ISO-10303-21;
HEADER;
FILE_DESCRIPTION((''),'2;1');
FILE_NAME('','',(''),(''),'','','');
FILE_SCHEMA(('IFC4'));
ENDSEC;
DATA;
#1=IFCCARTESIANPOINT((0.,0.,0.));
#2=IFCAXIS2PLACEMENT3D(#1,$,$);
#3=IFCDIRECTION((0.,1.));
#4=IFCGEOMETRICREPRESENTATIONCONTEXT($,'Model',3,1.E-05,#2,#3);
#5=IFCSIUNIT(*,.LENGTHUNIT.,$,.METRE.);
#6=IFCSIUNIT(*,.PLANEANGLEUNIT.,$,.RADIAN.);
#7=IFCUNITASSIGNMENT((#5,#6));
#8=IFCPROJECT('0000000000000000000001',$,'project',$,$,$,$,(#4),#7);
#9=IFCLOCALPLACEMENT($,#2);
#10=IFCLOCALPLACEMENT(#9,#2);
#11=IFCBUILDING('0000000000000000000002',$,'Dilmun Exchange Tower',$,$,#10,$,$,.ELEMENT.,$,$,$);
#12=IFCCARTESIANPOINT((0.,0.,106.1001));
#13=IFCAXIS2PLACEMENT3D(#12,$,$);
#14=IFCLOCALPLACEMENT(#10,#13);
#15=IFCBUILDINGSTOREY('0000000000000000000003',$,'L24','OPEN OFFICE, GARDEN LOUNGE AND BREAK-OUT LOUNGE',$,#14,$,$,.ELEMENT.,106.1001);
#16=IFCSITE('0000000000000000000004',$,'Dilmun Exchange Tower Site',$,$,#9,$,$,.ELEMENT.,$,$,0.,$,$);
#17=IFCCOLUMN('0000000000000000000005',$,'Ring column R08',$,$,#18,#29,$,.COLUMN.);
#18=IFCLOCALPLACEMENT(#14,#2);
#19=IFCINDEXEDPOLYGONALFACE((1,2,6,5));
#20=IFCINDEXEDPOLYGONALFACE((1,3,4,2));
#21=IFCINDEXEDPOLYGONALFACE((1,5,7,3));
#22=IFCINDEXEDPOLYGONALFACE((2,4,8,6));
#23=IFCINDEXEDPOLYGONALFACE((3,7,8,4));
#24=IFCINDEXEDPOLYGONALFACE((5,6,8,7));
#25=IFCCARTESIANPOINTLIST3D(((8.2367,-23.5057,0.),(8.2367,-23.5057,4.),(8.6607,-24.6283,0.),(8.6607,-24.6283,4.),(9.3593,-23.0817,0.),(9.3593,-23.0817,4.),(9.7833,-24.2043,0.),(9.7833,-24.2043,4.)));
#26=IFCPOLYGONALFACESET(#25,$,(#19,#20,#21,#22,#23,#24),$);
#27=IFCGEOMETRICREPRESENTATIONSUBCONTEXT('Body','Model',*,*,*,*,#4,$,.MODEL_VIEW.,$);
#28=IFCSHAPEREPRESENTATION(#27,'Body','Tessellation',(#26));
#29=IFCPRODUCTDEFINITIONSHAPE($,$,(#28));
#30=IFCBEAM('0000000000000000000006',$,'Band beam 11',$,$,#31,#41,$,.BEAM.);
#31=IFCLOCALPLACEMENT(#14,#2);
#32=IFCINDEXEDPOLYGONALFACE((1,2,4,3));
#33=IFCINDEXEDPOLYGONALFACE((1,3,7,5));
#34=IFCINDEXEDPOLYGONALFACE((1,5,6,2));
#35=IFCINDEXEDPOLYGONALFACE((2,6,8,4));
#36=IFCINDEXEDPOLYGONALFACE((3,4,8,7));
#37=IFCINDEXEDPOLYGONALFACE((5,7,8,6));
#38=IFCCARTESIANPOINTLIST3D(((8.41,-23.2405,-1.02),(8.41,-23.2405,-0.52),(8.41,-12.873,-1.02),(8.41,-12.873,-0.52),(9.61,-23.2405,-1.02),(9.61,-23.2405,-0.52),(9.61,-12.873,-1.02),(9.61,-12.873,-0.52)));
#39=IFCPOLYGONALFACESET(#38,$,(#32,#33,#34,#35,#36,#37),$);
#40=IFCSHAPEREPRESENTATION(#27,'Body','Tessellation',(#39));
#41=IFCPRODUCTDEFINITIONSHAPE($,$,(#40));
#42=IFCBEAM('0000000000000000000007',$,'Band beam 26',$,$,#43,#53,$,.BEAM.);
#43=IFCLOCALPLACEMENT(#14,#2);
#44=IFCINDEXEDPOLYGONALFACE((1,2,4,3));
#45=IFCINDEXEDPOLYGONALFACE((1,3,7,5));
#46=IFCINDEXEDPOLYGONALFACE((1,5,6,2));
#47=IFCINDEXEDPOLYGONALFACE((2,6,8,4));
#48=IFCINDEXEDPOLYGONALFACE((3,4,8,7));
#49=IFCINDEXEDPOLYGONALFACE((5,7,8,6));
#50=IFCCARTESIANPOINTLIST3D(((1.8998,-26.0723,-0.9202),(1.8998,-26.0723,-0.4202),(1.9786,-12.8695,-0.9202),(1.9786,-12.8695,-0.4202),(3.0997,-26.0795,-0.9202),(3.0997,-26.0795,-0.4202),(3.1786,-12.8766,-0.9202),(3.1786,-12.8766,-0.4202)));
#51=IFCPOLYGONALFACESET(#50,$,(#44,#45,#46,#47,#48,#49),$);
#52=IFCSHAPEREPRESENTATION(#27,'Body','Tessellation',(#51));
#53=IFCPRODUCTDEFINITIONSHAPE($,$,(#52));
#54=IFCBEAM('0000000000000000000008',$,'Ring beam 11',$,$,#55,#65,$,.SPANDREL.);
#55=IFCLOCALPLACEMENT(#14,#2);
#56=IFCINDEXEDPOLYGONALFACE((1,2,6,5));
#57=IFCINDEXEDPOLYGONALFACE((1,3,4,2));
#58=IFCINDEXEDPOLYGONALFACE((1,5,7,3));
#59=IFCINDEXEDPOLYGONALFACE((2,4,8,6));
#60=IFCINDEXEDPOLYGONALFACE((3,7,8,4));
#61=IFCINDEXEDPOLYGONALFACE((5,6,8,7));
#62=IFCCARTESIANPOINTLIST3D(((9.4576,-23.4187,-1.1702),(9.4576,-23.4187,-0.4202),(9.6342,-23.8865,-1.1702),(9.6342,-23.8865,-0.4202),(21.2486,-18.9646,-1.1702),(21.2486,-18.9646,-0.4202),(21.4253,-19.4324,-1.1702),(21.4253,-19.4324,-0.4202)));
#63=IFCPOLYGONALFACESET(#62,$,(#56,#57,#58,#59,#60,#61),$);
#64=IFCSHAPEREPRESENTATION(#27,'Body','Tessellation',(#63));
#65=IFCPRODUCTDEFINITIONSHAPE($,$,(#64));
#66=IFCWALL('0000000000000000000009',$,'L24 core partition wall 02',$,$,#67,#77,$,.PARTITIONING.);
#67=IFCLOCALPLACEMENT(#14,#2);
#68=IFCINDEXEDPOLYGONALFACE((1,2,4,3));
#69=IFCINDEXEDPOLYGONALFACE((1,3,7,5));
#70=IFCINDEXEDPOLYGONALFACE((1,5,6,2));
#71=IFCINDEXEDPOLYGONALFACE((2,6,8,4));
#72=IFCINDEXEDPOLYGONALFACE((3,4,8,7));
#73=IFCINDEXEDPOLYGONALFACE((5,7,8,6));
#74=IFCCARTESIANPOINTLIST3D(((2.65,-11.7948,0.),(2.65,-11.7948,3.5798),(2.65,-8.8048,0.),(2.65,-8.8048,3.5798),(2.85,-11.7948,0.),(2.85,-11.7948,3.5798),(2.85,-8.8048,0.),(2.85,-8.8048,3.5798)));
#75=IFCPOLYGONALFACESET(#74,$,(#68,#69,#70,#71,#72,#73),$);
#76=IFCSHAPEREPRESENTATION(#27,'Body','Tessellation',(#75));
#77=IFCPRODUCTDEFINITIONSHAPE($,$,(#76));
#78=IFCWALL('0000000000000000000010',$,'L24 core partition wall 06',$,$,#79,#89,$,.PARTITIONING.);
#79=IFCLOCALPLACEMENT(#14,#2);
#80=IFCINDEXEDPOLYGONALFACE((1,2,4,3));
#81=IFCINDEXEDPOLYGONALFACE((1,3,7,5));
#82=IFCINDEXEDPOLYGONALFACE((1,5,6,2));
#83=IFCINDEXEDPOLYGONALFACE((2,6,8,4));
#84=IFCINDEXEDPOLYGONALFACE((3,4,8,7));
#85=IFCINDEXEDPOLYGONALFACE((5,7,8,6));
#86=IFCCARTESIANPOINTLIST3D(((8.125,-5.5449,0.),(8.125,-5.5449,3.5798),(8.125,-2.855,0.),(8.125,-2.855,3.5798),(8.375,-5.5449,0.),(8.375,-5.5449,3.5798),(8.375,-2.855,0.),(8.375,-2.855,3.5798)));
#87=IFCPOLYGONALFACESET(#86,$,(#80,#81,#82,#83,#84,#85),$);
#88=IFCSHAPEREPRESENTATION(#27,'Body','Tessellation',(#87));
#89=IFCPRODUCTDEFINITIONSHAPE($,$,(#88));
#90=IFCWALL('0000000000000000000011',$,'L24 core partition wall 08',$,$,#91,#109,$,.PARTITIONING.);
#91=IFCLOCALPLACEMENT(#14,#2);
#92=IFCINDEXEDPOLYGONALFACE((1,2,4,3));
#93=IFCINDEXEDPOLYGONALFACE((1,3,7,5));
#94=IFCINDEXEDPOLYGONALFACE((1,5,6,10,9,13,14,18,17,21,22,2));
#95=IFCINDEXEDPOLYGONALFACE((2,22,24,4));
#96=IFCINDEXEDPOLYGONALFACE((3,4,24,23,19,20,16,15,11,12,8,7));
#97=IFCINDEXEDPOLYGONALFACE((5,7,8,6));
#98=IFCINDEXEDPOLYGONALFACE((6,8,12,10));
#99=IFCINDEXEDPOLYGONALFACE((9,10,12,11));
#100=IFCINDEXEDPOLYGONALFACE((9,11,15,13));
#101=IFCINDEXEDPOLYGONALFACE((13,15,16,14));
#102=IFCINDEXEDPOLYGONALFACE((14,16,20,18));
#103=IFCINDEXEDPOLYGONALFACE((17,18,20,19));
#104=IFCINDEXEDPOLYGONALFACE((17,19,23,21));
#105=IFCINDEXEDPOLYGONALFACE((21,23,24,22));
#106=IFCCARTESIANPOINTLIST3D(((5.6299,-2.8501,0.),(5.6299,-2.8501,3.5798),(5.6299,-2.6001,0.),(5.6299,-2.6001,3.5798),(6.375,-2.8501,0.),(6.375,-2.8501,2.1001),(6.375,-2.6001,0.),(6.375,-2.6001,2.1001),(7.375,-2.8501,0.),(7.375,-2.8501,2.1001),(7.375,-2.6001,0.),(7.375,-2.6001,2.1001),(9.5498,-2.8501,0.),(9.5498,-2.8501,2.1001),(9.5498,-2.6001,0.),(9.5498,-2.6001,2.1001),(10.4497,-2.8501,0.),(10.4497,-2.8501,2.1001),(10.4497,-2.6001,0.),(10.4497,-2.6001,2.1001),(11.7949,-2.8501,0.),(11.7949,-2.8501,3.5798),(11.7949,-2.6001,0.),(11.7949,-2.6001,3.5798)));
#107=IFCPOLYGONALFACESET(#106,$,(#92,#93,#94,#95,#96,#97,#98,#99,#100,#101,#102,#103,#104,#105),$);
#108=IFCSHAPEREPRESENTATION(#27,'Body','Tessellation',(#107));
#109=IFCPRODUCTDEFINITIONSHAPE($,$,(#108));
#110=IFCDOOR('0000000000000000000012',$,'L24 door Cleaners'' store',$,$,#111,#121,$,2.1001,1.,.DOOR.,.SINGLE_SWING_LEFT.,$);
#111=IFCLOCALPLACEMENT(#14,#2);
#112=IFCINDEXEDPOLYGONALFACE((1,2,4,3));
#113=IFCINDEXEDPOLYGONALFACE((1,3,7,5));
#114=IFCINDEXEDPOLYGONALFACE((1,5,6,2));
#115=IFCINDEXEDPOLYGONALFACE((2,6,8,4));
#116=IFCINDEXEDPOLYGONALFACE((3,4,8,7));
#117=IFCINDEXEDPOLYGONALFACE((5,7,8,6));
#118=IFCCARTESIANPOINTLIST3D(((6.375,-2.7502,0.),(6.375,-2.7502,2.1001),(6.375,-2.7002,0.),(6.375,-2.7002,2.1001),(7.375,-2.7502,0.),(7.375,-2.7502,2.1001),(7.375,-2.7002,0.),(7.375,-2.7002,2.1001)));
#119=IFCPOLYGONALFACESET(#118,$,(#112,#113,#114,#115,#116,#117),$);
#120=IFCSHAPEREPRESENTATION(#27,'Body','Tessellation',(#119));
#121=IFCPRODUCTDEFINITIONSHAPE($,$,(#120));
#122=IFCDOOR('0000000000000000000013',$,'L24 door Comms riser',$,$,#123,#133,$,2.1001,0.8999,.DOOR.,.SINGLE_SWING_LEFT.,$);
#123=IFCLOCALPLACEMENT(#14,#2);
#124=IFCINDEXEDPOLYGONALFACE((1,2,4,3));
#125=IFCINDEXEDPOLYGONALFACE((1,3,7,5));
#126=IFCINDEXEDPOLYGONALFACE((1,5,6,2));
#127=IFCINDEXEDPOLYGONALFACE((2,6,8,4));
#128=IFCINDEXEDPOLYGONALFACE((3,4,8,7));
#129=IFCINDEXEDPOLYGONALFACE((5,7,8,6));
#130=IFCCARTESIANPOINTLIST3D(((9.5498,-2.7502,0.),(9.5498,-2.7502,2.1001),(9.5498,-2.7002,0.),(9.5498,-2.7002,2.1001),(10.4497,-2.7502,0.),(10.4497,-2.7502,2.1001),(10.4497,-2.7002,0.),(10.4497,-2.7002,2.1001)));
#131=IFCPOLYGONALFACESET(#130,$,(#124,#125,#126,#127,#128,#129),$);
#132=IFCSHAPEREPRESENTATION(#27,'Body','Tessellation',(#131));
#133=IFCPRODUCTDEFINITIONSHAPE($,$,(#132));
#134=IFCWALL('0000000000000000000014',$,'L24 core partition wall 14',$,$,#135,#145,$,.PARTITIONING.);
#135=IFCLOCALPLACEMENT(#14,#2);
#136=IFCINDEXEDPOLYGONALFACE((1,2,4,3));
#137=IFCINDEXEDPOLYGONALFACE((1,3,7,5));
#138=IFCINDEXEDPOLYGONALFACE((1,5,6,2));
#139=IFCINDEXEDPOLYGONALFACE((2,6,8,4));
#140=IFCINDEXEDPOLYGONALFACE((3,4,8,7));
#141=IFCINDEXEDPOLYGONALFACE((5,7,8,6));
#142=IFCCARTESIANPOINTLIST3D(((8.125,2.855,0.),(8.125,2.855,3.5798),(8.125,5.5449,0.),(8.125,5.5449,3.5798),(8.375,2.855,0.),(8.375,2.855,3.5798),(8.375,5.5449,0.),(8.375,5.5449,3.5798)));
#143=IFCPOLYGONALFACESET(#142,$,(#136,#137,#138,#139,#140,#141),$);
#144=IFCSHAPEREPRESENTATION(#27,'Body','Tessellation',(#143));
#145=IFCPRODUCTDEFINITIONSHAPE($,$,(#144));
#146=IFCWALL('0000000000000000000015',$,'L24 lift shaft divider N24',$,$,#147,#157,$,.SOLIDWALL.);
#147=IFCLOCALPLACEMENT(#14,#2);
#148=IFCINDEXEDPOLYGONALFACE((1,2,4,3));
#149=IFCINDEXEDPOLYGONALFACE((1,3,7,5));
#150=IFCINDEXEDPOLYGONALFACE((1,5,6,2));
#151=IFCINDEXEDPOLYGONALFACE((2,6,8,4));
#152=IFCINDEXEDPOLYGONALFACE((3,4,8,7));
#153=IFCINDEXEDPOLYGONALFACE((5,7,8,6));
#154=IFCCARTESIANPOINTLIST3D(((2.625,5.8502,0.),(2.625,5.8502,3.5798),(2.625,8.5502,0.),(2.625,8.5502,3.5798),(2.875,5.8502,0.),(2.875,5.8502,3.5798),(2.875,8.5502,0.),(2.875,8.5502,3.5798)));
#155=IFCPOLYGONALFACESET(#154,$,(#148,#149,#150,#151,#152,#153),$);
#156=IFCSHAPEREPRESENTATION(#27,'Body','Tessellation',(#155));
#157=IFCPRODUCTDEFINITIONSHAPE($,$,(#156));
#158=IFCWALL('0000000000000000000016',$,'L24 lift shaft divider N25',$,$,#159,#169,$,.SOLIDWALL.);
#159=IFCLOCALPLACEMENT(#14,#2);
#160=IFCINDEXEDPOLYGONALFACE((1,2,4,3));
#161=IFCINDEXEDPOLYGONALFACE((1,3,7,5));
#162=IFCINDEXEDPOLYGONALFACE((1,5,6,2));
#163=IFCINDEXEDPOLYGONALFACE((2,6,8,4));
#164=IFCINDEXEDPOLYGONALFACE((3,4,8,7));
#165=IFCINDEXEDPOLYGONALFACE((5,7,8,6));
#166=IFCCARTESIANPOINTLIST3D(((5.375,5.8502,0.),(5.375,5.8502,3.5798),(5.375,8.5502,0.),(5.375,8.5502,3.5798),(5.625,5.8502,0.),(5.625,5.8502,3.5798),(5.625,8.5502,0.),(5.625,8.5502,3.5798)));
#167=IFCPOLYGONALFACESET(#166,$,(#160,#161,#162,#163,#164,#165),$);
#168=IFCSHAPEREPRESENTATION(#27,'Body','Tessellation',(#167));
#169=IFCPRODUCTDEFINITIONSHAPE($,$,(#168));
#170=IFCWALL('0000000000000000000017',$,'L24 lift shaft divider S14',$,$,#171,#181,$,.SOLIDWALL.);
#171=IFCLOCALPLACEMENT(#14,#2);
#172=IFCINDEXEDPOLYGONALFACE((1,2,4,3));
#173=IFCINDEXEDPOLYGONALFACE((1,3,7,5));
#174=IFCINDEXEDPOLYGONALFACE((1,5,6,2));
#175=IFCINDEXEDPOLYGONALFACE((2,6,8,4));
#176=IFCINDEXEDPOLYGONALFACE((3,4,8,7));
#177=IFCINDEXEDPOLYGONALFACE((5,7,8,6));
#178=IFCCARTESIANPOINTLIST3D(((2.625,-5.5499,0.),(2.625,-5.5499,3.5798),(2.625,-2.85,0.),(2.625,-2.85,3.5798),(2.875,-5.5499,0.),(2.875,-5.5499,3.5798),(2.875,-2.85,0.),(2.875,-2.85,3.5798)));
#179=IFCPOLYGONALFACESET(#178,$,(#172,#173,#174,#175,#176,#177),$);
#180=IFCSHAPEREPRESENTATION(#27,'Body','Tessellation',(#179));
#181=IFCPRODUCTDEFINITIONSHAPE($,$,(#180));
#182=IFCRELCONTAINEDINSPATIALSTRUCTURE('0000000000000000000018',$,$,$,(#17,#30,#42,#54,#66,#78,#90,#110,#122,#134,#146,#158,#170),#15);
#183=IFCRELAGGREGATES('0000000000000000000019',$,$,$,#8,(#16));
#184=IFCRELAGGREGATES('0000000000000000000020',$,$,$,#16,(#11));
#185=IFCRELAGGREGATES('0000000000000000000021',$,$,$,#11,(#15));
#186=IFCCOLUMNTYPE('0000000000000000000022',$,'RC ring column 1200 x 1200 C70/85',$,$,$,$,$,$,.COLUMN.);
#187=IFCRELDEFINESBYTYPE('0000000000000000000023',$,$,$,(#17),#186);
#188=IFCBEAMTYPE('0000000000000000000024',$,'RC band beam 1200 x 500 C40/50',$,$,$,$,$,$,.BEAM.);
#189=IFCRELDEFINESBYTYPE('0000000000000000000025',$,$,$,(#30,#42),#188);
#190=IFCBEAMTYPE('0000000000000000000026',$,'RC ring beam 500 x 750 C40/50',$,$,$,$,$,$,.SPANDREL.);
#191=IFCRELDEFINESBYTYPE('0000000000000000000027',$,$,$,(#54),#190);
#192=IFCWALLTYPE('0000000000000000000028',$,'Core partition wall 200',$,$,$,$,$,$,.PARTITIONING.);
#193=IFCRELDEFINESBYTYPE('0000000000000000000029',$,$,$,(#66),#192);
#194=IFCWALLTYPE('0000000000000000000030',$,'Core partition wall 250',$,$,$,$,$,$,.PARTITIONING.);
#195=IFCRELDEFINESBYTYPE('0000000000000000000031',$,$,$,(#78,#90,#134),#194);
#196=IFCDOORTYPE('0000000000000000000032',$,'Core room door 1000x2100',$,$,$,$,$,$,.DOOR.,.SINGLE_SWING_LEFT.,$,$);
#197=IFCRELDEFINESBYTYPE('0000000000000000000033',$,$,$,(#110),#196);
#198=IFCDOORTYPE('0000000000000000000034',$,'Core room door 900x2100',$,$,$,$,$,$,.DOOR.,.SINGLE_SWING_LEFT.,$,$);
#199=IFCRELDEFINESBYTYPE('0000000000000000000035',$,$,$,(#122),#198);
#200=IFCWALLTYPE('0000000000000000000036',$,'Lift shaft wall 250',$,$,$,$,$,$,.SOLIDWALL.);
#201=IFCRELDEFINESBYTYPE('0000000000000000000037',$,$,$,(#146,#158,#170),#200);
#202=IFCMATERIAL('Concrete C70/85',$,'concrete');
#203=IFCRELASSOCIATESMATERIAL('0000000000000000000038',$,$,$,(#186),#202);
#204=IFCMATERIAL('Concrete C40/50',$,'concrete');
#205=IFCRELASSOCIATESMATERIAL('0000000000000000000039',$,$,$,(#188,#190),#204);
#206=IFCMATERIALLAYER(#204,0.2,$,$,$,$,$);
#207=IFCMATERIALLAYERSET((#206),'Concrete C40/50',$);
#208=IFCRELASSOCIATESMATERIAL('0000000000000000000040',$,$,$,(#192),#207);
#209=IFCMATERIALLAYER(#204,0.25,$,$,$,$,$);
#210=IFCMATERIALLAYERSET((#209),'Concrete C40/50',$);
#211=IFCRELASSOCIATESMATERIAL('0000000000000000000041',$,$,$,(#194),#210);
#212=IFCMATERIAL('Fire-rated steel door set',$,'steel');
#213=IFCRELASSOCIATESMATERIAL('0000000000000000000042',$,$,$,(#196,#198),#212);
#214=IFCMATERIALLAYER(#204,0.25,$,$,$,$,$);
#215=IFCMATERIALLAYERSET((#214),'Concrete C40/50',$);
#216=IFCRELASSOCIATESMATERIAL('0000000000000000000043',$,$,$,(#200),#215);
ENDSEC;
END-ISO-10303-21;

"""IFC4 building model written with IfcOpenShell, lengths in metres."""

from ifc_helpers import new_model, si_unit, direction, frame, frame_2d, origin, origin_2d, place, context, subcontext, project, spatial, rectangle, extrude, material, layer, layer_set, material_profile, profile_set, type_object, element, fill, save


model = new_model("IFC4")

# Units and contexts
model_context = context("Model", 3, precision=1e-05, world=origin(), true_north=direction((0.0, 1.0)))
body_context = subcontext(model_context, "Body", "Model", "MODEL_VIEW")
ifc_project = project(units=[si_unit("LENGTHUNIT", "METRE"), si_unit("PLANEANGLEUNIT", "RADIAN")], contexts=[model_context])

# Site, building, storey
site_placement = place(None, origin())
site = spatial("IfcSite", under=ifc_project, at=site_placement, Name="Dilmun Exchange Tower Site", CompositionType="ELEMENT", RefElevation=0.0)
building_placement = place(site_placement, origin())
building = spatial("IfcBuilding", under=site, at=building_placement, Name="Dilmun Exchange Tower", CompositionType="ELEMENT")
storey_placement = place(building_placement, frame((0.0, 0.0, 106.1001)))
storey = spatial("IfcBuildingStorey", under=building, at=storey_placement, Name="L24", Description="OPEN OFFICE, GARDEN LOUNGE AND BREAK-OUT LOUNGE", CompositionType="ELEMENT", Elevation=106.1001)

# Column
ifc_material_1 = material(Name="Concrete C70/85", Category="concrete")
ifc_material_profile_1 = material_profile(ifc_material_1, rectangle(XDim=1.2, YDim=1.2, at=origin_2d()), Name="1200 x 1200")
ifc_profile_set_1 = profile_set([ifc_material_profile_1], Name="Concrete C70/85")
column_type = type_object("IfcColumnType", Name="RC ring column 1200 x 1200 C70/85", PredefinedType="COLUMN", material=ifc_profile_set_1)
column_placement = place(storey_placement, frame((9.01, -23.855, 0.0), z_axis=(0.0, 0.0, 1.0), x_axis=(0.935492, 0.353349, 0.0)))
element("IfcColumn", 1, at=column_placement, inside=storey, type_object=column_type, Name="Ring column R08", PredefinedType="COLUMN", context=body_context, shape_type="SweptSolid", body=[
    extrude(rectangle(XDim=1.2, YDim=1.2, at=origin_2d()), origin(), (0.0, 0.0, 1.0), 4.0),
])

# Beams
ifc_material_2 = material(Name="Concrete C40/50", Category="concrete")
ifc_material_profile_2 = material_profile(ifc_material_2, rectangle(XDim=1.2, YDim=0.5, at=origin_2d()), Name="1200 x 500")
ifc_profile_set_2 = profile_set([ifc_material_profile_2], Name="Concrete C40/50")
beam_type_1 = type_object("IfcBeamType", Name="RC band beam 1200 x 500 C40/50", PredefinedType="BEAM", material=ifc_profile_set_2)
beam_1_placement = place(storey_placement, frame((9.01, -23.2405, -0.77), z_axis=(0.0, 1.0, 0.0), x_axis=(-1.0, 0.0, 0.0)))
element("IfcBeam", 2, at=beam_1_placement, inside=storey, type_object=beam_type_1, Name="Band beam 11", PredefinedType="BEAM", context=body_context, shape_type="SweptSolid", body=[
    extrude(rectangle(XDim=1.2, YDim=0.5, at=origin_2d()), origin(), (0.0, 0.0, 1.0), 10.3674),
])
beam_2_placement = place(storey_placement, frame((2.4998, -26.0759, -0.6702), z_axis=(0.005973, 0.999982, 0.0), x_axis=(-0.999982, 0.005973, 0.0)))
element("IfcBeam", 3, at=beam_2_placement, inside=storey, type_object=beam_type_1, Name="Band beam 26", PredefinedType="BEAM", context=body_context, shape_type="SweptSolid", body=[
    extrude(rectangle(XDim=1.2, YDim=0.5, at=origin_2d()), origin(), (0.0, 0.0, 1.0), 13.2031),
])
ifc_material_profile_3 = material_profile(ifc_material_2, rectangle(XDim=0.5, YDim=0.75, at=origin_2d()), Name="500 x 750")
ifc_profile_set_3 = profile_set([ifc_material_profile_3], Name="Concrete C40/50")
beam_type_2 = type_object("IfcBeamType", Name="RC ring beam 500 x 750 C40/50", PredefinedType="SPANDREL", material=ifc_profile_set_3)
beam_3_placement = place(storey_placement, frame((9.5459, -23.6526, -0.7952), z_axis=(0.935479, 0.353381, 0.0), x_axis=(-0.353381, 0.935479, 0.0)))
element("IfcBeam", 4, at=beam_3_placement, inside=storey, type_object=beam_type_2, Name="Ring beam 11", PredefinedType="SPANDREL", context=body_context, shape_type="SweptSolid", body=[
    extrude(rectangle(XDim=0.5, YDim=0.75, at=origin_2d()), origin(), (0.0, 0.0, 1.0), 12.6042),
])

# Wall
ifc_layer_1 = layer(ifc_material_2, 0.2)
ifc_layer_set_1 = layer_set([ifc_layer_1], Name="Concrete C40/50")
wall_type_1 = type_object("IfcWallType", Name="Core partition wall 200", PredefinedType="PARTITIONING", material=ifc_layer_set_1)
wall_1_placement = place(storey_placement, frame((2.75, -11.7949, 0.0), z_axis=(0.0, 0.0, 1.0), x_axis=(0.0, 1.0, 0.0)))
element("IfcWall", 5, at=wall_1_placement, inside=storey, type_object=wall_type_1, Name="L24 core partition wall 02", PredefinedType="PARTITIONING", context=body_context, shape_type="SweptSolid", body=[
    extrude(rectangle(XDim=2.99, YDim=0.2, at=frame_2d((1.4951, 0.0))), origin(), (0.0, 0.0, 1.0), 3.5798),
])

# Shared definitions
ifc_material_3 = material(Name="Fire-rated steel door set", Category="steel")

# Wall
ifc_layer_2 = layer(ifc_material_2, 0.25)
ifc_layer_set_2 = layer_set([ifc_layer_2], Name="Concrete C40/50")
wall_type_2 = type_object("IfcWallType", Name="Core partition wall 250", PredefinedType="PARTITIONING", material=ifc_layer_set_2)
wall_2_placement = place(storey_placement, frame((8.25, -5.5449, 0.0), z_axis=(0.0, 0.0, 1.0), x_axis=(0.0, 1.0, 0.0)))
element("IfcWall", 6, at=wall_2_placement, inside=storey, type_object=wall_type_2, Name="L24 core partition wall 06", PredefinedType="PARTITIONING", context=body_context, shape_type="SweptSolid", body=[
    extrude(rectangle(XDim=2.6899, YDim=0.25, at=frame_2d((1.345, 0.0))), origin(), (0.0, 0.0, 1.0), 3.5798),
])

# Wall, openings, doors
wall_3_placement = place(storey_placement, frame((5.6299, -2.7251, 0.0), z_axis=(0.0, 0.0, 1.0), x_axis=(1.0, 0.0, 0.0)))
wall_3 = element("IfcWall", 7, at=wall_3_placement, inside=storey, type_object=wall_type_2, Name="L24 core partition wall 08", PredefinedType="PARTITIONING", context=body_context, shape_type="SweptSolid", body=[
    extrude(rectangle(XDim=6.165, YDim=0.25, at=frame_2d((3.0825, 0.0))), origin(), (0.0, 0.0, 1.0), 3.5798),
])
opening_1_placement = place(wall_3_placement, frame((0.7451, 0.0, 0.0)))
opening_1 = element("IfcOpeningElement", 8, at=opening_1_placement, cuts=wall_3, PredefinedType="OPENING", context=body_context, shape_type="SweptSolid", body=[
    extrude(rectangle(XDim=1.0, YDim=2.1001, at=frame_2d((0.5, 1.05))), frame((0.0, 0.135, 0.0), z_axis=(0.0, -1.0, 0.0), x_axis=(1.0, 0.0, 0.0)), (0.0, 0.0, 1.0), 0.27),
])
opening_2_placement = place(wall_3_placement, frame((3.9199, 0.0, 0.0)))
opening_2 = element("IfcOpeningElement", 9, at=opening_2_placement, cuts=wall_3, PredefinedType="OPENING", context=body_context, shape_type="SweptSolid", body=[
    extrude(rectangle(XDim=0.8999, YDim=2.1001, at=frame_2d((0.45, 1.05))), frame((0.0, 0.135, 0.0), z_axis=(0.0, -1.0, 0.0), x_axis=(1.0, 0.0, 0.0)), (0.0, 0.0, 1.0), 0.27),
])
door_type_1 = type_object("IfcDoorType", Name="Core room door 1000x2100", OperationType="SINGLE_SWING_LEFT", PredefinedType="DOOR", material=ifc_material_3)
door_1_placement = place(opening_1_placement, origin())
door_1 = element("IfcDoor", 10, at=door_1_placement, inside=storey, type_object=door_type_1, Name="L24 door Cleaners' store", OperationType="SINGLE_SWING_LEFT", OverallHeight=2.1001, OverallWidth=1.0, PredefinedType="DOOR", context=body_context, shape_type="SweptSolid", body=[
    extrude(rectangle(XDim=1.0, YDim=2.1001, at=frame_2d((0.5, 1.05))), frame((0.0, 0.0249, 0.0), z_axis=(0.0, -1.0, 0.0), x_axis=(1.0, 0.0, 0.0)), (0.0, 0.0, 1.0), 0.05),
])
fill(opening_1, door_1)
door_type_2 = type_object("IfcDoorType", Name="Core room door 900x2100", OperationType="SINGLE_SWING_LEFT", PredefinedType="DOOR", material=ifc_material_3)
door_2_placement = place(opening_2_placement, origin())
door_2 = element("IfcDoor", 11, at=door_2_placement, inside=storey, type_object=door_type_2, Name="L24 door Comms riser", OperationType="SINGLE_SWING_LEFT", OverallHeight=2.1001, OverallWidth=0.8999, PredefinedType="DOOR", context=body_context, shape_type="SweptSolid", body=[
    extrude(rectangle(XDim=0.8999, YDim=2.1001, at=frame_2d((0.45, 1.05))), frame((0.0, 0.0249, 0.0), z_axis=(0.0, -1.0, 0.0), x_axis=(1.0, 0.0, 0.0)), (0.0, 0.0, 1.0), 0.05),
])
fill(opening_2, door_2)

# Walls
wall_4_placement = place(storey_placement, frame((8.25, 2.855, 0.0), z_axis=(0.0, 0.0, 1.0), x_axis=(0.0, 1.0, 0.0)))
element("IfcWall", 12, at=wall_4_placement, inside=storey, type_object=wall_type_2, Name="L24 core partition wall 14", PredefinedType="PARTITIONING", context=body_context, shape_type="SweptSolid", body=[
    extrude(rectangle(XDim=2.6899, YDim=0.25, at=frame_2d((1.345, 0.0))), origin(), (0.0, 0.0, 1.0), 3.5798),
])
ifc_layer_3 = layer(ifc_material_2, 0.25)
ifc_layer_set_3 = layer_set([ifc_layer_3], Name="Concrete C40/50")
wall_type_3 = type_object("IfcWallType", Name="Lift shaft wall 250", PredefinedType="SOLIDWALL", material=ifc_layer_set_3)
for number, where, z_axis, x_axis, name in (
    (13, (2.75, 5.8501, 0.0), (0.0, 0.0, 1.0), (0.0, 1.0, 0.0), "L24 lift shaft divider N24"),
    (14, (5.5, 5.8501, 0.0), (0.0, 0.0, 1.0), (0.0, 1.0, 0.0), "L24 lift shaft divider N25"),
    (15, (2.75, -5.55, 0.0), (0.0, 0.0, 1.0), (0.0, 1.0, 0.0), "L24 lift shaft divider S14"),
):
    element("IfcWall", number, at=place(storey_placement, frame(where, z_axis=z_axis, x_axis=x_axis)), inside=storey, type_object=wall_type_3, Name=name, PredefinedType="SOLIDWALL", context=body_context, shape_type="SweptSolid", body=[
        extrude(rectangle(XDim=2.7, YDim=0.25, at=frame_2d((1.3501, 0.0))), origin(), (0.0, 0.0, 1.0), 3.5798),
    ])

save(model, "model.ifc")
